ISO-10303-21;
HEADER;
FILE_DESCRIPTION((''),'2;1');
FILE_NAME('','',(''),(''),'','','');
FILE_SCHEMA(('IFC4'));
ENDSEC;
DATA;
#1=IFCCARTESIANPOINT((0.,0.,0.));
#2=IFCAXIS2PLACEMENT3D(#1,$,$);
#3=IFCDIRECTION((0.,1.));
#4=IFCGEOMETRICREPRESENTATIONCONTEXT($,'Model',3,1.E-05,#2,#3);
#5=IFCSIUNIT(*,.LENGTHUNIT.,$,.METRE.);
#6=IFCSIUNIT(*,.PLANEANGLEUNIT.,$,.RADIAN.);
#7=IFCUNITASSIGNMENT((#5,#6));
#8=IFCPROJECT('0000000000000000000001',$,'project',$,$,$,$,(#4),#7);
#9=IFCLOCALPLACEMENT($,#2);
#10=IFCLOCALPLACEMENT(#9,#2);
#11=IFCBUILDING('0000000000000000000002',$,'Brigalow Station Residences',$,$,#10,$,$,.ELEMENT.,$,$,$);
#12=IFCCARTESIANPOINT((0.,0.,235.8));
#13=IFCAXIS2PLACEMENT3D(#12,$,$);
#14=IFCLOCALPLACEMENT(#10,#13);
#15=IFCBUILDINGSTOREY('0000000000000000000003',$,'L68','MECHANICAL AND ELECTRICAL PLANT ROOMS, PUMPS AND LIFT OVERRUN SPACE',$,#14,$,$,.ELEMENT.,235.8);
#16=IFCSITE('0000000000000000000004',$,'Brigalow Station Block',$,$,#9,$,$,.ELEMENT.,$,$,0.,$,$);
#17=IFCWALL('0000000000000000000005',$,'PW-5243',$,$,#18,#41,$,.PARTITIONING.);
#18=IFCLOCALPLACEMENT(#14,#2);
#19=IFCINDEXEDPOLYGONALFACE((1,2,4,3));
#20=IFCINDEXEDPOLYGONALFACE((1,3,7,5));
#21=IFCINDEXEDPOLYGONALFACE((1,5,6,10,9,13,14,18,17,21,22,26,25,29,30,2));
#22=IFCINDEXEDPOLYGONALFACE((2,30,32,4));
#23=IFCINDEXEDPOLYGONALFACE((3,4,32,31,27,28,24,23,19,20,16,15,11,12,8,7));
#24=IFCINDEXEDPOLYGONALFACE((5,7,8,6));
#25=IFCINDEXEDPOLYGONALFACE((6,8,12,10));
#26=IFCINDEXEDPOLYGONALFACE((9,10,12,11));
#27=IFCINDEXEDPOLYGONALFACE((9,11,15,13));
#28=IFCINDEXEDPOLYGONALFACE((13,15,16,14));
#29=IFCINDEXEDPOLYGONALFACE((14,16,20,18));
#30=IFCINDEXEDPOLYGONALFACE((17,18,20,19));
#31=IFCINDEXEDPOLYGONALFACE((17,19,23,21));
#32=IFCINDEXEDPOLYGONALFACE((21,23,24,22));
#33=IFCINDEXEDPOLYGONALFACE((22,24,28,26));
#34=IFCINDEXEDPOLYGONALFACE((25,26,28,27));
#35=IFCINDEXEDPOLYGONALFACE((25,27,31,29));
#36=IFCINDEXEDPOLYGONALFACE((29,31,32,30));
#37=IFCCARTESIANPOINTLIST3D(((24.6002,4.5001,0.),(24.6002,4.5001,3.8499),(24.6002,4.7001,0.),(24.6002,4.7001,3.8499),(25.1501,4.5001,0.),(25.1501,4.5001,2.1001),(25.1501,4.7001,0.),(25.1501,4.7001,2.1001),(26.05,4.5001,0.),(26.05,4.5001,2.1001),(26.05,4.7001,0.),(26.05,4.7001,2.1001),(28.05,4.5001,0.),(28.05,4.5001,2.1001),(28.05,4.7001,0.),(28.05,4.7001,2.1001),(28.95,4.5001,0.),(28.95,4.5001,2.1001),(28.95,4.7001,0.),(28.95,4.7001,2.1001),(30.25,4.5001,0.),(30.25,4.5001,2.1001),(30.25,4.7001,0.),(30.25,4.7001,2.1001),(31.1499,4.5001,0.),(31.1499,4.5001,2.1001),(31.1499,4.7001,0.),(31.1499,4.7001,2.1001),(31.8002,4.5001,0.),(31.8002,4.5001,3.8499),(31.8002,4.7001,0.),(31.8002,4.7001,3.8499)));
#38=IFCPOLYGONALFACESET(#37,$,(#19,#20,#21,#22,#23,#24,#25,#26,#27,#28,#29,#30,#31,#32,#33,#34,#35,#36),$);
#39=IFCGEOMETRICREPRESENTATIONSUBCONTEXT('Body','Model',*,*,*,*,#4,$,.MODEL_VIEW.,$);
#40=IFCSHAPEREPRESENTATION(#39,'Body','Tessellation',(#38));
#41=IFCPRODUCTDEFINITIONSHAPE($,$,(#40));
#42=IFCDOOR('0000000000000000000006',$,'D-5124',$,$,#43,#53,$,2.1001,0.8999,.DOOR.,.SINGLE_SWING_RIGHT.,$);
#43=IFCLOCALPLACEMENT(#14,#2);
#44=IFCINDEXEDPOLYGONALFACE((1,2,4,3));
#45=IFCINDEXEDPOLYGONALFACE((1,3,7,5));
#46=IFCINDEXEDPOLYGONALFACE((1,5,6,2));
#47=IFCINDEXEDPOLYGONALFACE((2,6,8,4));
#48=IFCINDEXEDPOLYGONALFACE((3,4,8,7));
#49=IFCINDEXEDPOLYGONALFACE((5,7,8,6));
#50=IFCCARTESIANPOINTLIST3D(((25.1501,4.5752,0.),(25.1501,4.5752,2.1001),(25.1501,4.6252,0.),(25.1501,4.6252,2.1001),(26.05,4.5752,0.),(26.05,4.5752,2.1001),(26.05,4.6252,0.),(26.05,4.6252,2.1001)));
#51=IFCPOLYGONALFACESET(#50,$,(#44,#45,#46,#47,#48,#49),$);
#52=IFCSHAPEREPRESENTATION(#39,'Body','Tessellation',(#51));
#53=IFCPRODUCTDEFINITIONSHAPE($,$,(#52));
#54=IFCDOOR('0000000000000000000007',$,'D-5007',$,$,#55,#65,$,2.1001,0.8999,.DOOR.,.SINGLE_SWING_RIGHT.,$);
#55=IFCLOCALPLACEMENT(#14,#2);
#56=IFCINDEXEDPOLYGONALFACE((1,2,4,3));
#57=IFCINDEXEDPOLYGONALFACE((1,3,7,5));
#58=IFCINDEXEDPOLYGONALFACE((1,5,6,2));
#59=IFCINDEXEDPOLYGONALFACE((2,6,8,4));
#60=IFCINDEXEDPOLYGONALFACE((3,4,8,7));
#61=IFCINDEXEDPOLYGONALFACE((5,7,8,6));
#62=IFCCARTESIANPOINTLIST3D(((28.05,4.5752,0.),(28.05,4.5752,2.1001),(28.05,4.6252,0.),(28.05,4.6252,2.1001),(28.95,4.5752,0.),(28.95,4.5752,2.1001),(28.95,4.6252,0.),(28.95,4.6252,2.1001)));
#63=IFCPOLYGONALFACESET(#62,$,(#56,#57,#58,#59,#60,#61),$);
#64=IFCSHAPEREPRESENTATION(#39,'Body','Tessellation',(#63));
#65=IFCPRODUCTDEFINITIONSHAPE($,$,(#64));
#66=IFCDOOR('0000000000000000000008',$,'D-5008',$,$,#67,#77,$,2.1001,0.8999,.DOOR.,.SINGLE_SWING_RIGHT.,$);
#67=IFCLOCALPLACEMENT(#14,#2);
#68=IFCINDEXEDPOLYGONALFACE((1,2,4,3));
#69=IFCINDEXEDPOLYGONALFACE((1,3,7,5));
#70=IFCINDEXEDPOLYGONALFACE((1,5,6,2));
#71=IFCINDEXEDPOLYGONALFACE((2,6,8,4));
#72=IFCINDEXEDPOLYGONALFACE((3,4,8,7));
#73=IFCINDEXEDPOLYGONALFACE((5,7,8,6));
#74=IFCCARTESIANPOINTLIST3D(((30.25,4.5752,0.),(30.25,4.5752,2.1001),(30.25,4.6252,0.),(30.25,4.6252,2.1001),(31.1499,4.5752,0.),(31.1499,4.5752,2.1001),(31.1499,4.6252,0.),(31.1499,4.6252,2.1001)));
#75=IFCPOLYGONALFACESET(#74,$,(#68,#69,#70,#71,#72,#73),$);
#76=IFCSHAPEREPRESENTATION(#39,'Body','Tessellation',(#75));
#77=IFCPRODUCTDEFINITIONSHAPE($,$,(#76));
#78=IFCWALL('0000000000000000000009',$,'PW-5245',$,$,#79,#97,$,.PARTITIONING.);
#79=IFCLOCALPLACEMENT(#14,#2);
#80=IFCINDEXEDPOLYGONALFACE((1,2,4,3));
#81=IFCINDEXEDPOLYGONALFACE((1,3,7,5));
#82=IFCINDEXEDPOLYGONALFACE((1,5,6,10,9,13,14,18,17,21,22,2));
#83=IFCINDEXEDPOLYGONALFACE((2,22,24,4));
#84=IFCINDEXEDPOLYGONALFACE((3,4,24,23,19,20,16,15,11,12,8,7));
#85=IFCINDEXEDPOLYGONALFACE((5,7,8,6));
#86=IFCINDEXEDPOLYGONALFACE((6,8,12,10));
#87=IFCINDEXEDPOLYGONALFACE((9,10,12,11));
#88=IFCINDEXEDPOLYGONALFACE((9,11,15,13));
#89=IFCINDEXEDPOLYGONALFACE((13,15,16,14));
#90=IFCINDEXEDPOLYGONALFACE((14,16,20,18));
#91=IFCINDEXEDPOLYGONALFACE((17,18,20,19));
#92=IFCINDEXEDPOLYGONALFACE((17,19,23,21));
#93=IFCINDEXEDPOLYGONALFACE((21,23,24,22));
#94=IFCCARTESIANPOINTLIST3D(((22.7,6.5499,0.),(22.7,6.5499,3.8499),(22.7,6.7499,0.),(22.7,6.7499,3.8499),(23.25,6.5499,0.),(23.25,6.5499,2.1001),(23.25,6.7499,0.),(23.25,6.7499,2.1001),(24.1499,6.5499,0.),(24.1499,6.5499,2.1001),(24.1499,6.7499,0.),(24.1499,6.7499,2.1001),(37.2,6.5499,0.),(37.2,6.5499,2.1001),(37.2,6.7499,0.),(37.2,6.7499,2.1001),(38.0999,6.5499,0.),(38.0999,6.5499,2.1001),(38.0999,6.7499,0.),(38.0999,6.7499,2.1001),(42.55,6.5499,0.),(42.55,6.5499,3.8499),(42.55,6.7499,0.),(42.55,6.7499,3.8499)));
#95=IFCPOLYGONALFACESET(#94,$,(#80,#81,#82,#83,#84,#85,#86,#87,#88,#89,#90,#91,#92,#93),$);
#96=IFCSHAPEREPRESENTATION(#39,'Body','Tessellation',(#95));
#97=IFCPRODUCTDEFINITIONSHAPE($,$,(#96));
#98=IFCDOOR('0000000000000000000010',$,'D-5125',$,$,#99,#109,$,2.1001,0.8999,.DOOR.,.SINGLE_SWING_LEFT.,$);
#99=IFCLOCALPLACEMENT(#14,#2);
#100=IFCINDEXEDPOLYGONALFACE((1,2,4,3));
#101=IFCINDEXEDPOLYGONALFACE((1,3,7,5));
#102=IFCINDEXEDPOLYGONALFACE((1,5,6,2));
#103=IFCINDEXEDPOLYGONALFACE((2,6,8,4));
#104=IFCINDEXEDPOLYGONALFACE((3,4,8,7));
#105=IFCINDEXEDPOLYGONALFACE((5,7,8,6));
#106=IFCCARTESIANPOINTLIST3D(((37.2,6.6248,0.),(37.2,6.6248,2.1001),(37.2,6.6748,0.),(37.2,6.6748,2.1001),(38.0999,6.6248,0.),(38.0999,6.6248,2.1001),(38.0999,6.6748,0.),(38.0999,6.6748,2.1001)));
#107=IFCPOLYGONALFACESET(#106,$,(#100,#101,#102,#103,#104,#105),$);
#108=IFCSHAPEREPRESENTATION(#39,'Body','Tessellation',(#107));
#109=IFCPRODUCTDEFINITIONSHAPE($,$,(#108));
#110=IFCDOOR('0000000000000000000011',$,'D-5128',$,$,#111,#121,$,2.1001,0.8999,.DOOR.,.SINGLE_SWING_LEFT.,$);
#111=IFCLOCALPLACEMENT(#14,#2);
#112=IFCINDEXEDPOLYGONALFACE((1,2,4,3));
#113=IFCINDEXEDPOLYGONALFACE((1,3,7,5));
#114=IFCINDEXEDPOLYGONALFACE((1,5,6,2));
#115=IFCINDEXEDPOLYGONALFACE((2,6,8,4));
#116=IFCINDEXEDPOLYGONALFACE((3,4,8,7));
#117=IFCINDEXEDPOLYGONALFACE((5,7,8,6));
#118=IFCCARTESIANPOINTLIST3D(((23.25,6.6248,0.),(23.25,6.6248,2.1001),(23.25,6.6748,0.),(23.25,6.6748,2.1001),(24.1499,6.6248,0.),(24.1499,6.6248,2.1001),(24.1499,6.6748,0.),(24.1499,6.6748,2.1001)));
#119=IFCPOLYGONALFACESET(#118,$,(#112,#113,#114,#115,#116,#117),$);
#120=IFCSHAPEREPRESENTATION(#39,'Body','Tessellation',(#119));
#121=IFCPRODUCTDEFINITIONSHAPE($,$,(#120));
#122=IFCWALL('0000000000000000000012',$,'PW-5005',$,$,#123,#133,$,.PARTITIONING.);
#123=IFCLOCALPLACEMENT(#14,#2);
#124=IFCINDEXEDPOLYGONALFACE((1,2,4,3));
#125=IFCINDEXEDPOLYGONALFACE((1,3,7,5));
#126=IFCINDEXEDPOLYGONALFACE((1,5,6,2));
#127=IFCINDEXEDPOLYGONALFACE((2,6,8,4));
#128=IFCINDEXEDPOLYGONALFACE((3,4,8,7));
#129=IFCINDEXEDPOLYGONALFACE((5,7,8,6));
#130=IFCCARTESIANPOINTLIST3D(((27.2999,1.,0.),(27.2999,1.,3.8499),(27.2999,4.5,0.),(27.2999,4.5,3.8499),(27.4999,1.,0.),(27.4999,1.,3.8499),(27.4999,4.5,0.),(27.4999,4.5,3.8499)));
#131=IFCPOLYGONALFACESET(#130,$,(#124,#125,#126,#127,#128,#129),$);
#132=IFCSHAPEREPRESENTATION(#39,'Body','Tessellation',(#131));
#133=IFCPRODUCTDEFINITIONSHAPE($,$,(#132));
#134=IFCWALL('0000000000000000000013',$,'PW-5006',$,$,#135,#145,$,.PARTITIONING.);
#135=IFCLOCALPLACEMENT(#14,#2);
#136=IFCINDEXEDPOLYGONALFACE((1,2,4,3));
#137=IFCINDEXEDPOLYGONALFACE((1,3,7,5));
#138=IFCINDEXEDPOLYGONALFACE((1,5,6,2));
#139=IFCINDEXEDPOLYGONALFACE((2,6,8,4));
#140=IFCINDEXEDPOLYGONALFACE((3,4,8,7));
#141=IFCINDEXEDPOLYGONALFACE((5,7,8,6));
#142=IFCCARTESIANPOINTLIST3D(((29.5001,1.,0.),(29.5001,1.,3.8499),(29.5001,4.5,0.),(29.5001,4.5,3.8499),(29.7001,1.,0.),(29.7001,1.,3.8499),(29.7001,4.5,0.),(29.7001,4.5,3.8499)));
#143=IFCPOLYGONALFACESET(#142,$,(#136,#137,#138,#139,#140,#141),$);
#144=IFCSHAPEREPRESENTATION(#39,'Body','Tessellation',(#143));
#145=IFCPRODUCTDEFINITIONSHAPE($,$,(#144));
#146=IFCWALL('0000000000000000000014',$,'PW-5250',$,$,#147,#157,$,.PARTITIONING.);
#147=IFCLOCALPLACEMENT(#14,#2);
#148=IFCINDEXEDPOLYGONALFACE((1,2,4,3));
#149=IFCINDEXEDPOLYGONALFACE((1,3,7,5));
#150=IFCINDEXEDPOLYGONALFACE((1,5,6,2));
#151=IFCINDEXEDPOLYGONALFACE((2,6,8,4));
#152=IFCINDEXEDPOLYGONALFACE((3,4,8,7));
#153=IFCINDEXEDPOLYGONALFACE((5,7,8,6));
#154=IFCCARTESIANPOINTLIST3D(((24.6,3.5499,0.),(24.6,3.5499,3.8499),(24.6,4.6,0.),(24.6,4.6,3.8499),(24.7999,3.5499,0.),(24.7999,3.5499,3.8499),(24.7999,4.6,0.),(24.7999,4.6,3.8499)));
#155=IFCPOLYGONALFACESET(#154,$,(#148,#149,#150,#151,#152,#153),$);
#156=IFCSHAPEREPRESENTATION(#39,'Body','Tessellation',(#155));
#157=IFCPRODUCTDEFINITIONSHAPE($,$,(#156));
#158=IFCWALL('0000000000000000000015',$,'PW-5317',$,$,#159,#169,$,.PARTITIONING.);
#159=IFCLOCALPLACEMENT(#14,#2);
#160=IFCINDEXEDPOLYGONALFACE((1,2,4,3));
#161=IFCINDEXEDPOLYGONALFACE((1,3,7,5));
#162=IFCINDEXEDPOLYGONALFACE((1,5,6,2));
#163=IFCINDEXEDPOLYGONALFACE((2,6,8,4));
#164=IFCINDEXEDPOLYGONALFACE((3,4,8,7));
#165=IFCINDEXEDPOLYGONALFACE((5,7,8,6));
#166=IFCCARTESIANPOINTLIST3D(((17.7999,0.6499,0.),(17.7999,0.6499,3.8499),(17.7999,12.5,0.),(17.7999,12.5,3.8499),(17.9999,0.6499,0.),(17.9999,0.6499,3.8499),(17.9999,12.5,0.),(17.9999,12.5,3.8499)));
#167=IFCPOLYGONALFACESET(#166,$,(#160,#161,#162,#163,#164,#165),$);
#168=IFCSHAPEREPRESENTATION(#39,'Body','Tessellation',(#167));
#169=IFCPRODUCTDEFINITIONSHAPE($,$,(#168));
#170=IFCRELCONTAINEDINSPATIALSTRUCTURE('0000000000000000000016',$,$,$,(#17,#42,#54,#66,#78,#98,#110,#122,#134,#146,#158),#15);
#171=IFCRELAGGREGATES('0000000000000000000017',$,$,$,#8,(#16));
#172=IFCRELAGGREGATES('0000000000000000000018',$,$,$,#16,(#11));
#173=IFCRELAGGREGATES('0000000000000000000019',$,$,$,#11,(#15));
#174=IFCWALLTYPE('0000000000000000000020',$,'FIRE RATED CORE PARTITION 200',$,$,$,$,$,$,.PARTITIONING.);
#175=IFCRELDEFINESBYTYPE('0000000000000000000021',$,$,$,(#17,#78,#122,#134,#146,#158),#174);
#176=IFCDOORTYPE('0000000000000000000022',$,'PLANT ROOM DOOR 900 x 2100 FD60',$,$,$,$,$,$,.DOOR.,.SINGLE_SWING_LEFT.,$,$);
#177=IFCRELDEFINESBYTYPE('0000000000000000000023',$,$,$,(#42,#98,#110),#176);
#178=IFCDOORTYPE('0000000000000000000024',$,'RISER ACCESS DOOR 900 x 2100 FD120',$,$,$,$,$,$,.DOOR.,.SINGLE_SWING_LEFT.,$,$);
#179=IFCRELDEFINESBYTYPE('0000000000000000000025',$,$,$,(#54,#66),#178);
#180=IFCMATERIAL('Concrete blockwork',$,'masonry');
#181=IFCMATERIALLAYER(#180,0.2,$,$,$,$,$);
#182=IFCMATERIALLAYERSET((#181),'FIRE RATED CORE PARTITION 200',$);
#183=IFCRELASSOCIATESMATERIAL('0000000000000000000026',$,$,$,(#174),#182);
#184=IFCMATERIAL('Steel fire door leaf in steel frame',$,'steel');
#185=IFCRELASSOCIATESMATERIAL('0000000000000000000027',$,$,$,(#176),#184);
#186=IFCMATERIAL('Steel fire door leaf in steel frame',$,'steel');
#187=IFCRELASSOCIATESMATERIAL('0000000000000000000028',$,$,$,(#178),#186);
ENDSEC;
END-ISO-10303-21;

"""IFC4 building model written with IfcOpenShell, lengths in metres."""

from ifc_helpers import new_model, si_unit, direction, frame, frame_2d, origin, place, context, subcontext, project, spatial, rectangle, extrude, material, layer, layer_set, type_object, element, fill, save


model = new_model("IFC4")

# Units and contexts
model_context = context("Model", 3, precision=1e-05, world=origin(), true_north=direction((0.0, 1.0)))
body_context = subcontext(model_context, "Body", "Model", "MODEL_VIEW")
ifc_project = project(units=[si_unit("LENGTHUNIT", "METRE"), si_unit("PLANEANGLEUNIT", "RADIAN")], contexts=[model_context])

# Site, building, storey
site_placement = place(None, origin())
site = spatial("IfcSite", under=ifc_project, at=site_placement, Name="Brigalow Station Block", CompositionType="ELEMENT", RefElevation=0.0)
building_placement = place(site_placement, origin())
building = spatial("IfcBuilding", under=site, at=building_placement, Name="Brigalow Station Residences", CompositionType="ELEMENT")
storey_placement = place(building_placement, frame((0.0, 0.0, 235.8)))
storey = spatial("IfcBuildingStorey", under=building, at=storey_placement, Name="L68", Description="MECHANICAL AND ELECTRICAL PLANT ROOMS, PUMPS AND LIFT OVERRUN SPACE", CompositionType="ELEMENT", Elevation=235.8)

# Walls, openings, doors
ifc_material_1 = material(Name="Concrete blockwork", Category="masonry")
ifc_layer_1 = layer(ifc_material_1, 0.2)
ifc_layer_set_1 = layer_set([ifc_layer_1], Name="FIRE RATED CORE PARTITION 200")
wall_type_1 = type_object("IfcWallType", Name="FIRE RATED CORE PARTITION 200", PredefinedType="PARTITIONING", material=ifc_layer_set_1)
wall_1_placement = place(storey_placement, frame((24.6001, 4.6001, 0.0), z_axis=(0.0, 0.0, 1.0), x_axis=(1.0, 0.0, 0.0)))
wall_1 = element("IfcWall", 1, at=wall_1_placement, inside=storey, type_object=wall_type_1, Name="PW-5243", PredefinedType="PARTITIONING", context=body_context, shape_type="SweptSolid", body=[
    extrude(rectangle(XDim=7.2, YDim=0.2, at=frame_2d((3.6001, 0.0))), origin(), (0.0, 0.0, 1.0), 3.8499),
])
opening_1_placement = place(wall_1_placement, frame((0.55, 0.0, 0.0)))
opening_1 = element("IfcOpeningElement", 2, at=opening_1_placement, cuts=wall_1, PredefinedType="OPENING", context=body_context, shape_type="SweptSolid", body=[
    extrude(rectangle(XDim=0.8999, YDim=2.1001, at=frame_2d((0.45, 1.05))), frame((0.0, 0.1099, 0.0), z_axis=(0.0, -1.0, 0.0), x_axis=(1.0, 0.0, 0.0)), (0.0, 0.0, 1.0), 0.22),
])
opening_2_placement = place(wall_1_placement, frame((3.45, 0.0, 0.0)))
opening_2 = element("IfcOpeningElement", 3, at=opening_2_placement, cuts=wall_1, PredefinedType="OPENING", context=body_context, shape_type="SweptSolid", body=[
    extrude(rectangle(XDim=0.8999, YDim=2.1001, at=frame_2d((0.45, 1.05))), frame((0.0, 0.1099, 0.0), z_axis=(0.0, -1.0, 0.0), x_axis=(1.0, 0.0, 0.0)), (0.0, 0.0, 1.0), 0.22),
])
opening_3_placement = place(wall_1_placement, frame((5.6499, 0.0, 0.0)))
opening_3 = element("IfcOpeningElement", 4, at=opening_3_placement, cuts=wall_1, PredefinedType="OPENING", context=body_context, shape_type="SweptSolid", body=[
    extrude(rectangle(XDim=0.8999, YDim=2.1001, at=frame_2d((0.45, 1.05))), frame((0.0, 0.1099, 0.0), z_axis=(0.0, -1.0, 0.0), x_axis=(1.0, 0.0, 0.0)), (0.0, 0.0, 1.0), 0.22),
])
ifc_material_2 = material(Name="Steel fire door leaf in steel frame", Category="steel")
door_type_1 = type_object("IfcDoorType", Name="PLANT ROOM DOOR 900 x 2100 FD60", OperationType="SINGLE_SWING_LEFT", PredefinedType="DOOR", material=ifc_material_2)
door_1_placement = place(opening_1_placement, frame((0.8999, 0.0, 0.0), z_axis=(0.0, 0.0, 1.0), x_axis=(-1.0, 0.0, 0.0)))
door_1 = element("IfcDoor", 5, at=door_1_placement, inside=storey, type_object=door_type_1, Name="D-5124", OperationType="SINGLE_SWING_RIGHT", OverallHeight=2.1001, OverallWidth=0.8999, PredefinedType="DOOR", context=body_context, shape_type="SweptSolid", body=[
    extrude(rectangle(XDim=0.8999, YDim=2.1001, at=frame_2d((0.45, 1.05))), frame((0.0, 0.0249, 0.0), z_axis=(0.0, -1.0, 0.0), x_axis=(1.0, 0.0, 0.0)), (0.0, 0.0, 1.0), 0.05),
])
fill(opening_1, door_1)
ifc_material_3 = material(Name="Steel fire door leaf in steel frame", Category="steel")
door_type_2 = type_object("IfcDoorType", Name="RISER ACCESS DOOR 900 x 2100 FD120", OperationType="SINGLE_SWING_LEFT", PredefinedType="DOOR", material=ifc_material_3)
door_2_placement = place(opening_2_placement, frame((0.8999, 0.0, 0.0), z_axis=(0.0, 0.0, 1.0), x_axis=(-1.0, 0.0, 0.0)))
door_2 = element("IfcDoor", 6, at=door_2_placement, inside=storey, type_object=door_type_2, Name="D-5007", OperationType="SINGLE_SWING_RIGHT", OverallHeight=2.1001, OverallWidth=0.8999, PredefinedType="DOOR", context=body_context, shape_type="SweptSolid", body=[
    extrude(rectangle(XDim=0.8999, YDim=2.1001, at=frame_2d((0.45, 1.05))), frame((0.0, 0.0249, 0.0), z_axis=(0.0, -1.0, 0.0), x_axis=(1.0, 0.0, 0.0)), (0.0, 0.0, 1.0), 0.05),
])
fill(opening_2, door_2)
door_3_placement = place(opening_3_placement, frame((0.8999, 0.0, 0.0), z_axis=(0.0, 0.0, 1.0), x_axis=(-1.0, 0.0, 0.0)))
door_3 = element("IfcDoor", 7, at=door_3_placement, inside=storey, type_object=door_type_2, Name="D-5008", OperationType="SINGLE_SWING_RIGHT", OverallHeight=2.1001, OverallWidth=0.8999, PredefinedType="DOOR", context=body_context, shape_type="SweptSolid", body=[
    extrude(rectangle(XDim=0.8999, YDim=2.1001, at=frame_2d((0.45, 1.05))), frame((0.0, 0.0249, 0.0), z_axis=(0.0, -1.0, 0.0), x_axis=(1.0, 0.0, 0.0)), (0.0, 0.0, 1.0), 0.05),
])
fill(opening_3, door_3)
wall_2_placement = place(storey_placement, frame((22.7, 6.6499, 0.0), z_axis=(0.0, 0.0, 1.0), x_axis=(1.0, 0.0, 0.0)))
wall_2 = element("IfcWall", 8, at=wall_2_placement, inside=storey, type_object=wall_type_1, Name="PW-5245", PredefinedType="PARTITIONING", context=body_context, shape_type="SweptSolid", body=[
    extrude(rectangle(XDim=19.8501, YDim=0.2, at=frame_2d((9.925, 0.0))), origin(), (0.0, 0.0, 1.0), 3.8499),
])
opening_4_placement = place(wall_2_placement, frame((14.5, 0.0, 0.0)))
opening_4 = element("IfcOpeningElement", 9, at=opening_4_placement, cuts=wall_2, PredefinedType="OPENING", context=body_context, shape_type="SweptSolid", body=[
    extrude(rectangle(XDim=0.8999, YDim=2.1001, at=frame_2d((0.45, 1.05))), frame((0.0, 0.1099, 0.0), z_axis=(0.0, -1.0, 0.0), x_axis=(1.0, 0.0, 0.0)), (0.0, 0.0, 1.0), 0.22),
])
opening_5_placement = place(wall_2_placement, frame((0.55, 0.0, 0.0)))
opening_5 = element("IfcOpeningElement", 10, at=opening_5_placement, cuts=wall_2, PredefinedType="OPENING", context=body_context, shape_type="SweptSolid", body=[
    extrude(rectangle(XDim=0.8999, YDim=2.1001, at=frame_2d((0.45, 1.05))), frame((0.0, 0.1099, 0.0), z_axis=(0.0, -1.0, 0.0), x_axis=(1.0, 0.0, 0.0)), (0.0, 0.0, 1.0), 0.22),
])
door_4_placement = place(opening_4_placement, origin())
door_4 = element("IfcDoor", 11, at=door_4_placement, inside=storey, type_object=door_type_1, Name="D-5125", OperationType="SINGLE_SWING_LEFT", OverallHeight=2.1001, OverallWidth=0.8999, PredefinedType="DOOR", context=body_context, shape_type="SweptSolid", body=[
    extrude(rectangle(XDim=0.8999, YDim=2.1001, at=frame_2d((0.45, 1.05))), frame((0.0, 0.0249, 0.0), z_axis=(0.0, -1.0, 0.0), x_axis=(1.0, 0.0, 0.0)), (0.0, 0.0, 1.0), 0.05),
])
fill(opening_4, door_4)
door_5_placement = place(opening_5_placement, origin())
door_5 = element("IfcDoor", 12, at=door_5_placement, inside=storey, type_object=door_type_1, Name="D-5128", OperationType="SINGLE_SWING_LEFT", OverallHeight=2.1001, OverallWidth=0.8999, PredefinedType="DOOR", context=body_context, shape_type="SweptSolid", body=[
    extrude(rectangle(XDim=0.8999, YDim=2.1001, at=frame_2d((0.45, 1.05))), frame((0.0, 0.0249, 0.0), z_axis=(0.0, -1.0, 0.0), x_axis=(1.0, 0.0, 0.0)), (0.0, 0.0, 1.0), 0.05),
])
fill(opening_5, door_5)

# Walls
for number, where, z_axis, x_axis, name in (
    (13, (27.3999, 1.0, 0.0), (0.0, 0.0, 1.0), (0.0, 1.0, 0.0), "PW-5005"),
    (14, (29.6001, 1.0, 0.0), (0.0, 0.0, 1.0), (0.0, 1.0, 0.0), "PW-5006"),
):
    element("IfcWall", number, at=place(storey_placement, frame(where, z_axis=z_axis, x_axis=x_axis)), inside=storey, type_object=wall_type_1, Name=name, PredefinedType="PARTITIONING", context=body_context, shape_type="SweptSolid", body=[
        extrude(rectangle(XDim=3.5, YDim=0.2, at=frame_2d((1.75, 0.0))), origin(), (0.0, 0.0, 1.0), 3.8499),
    ])
wall_3_placement = place(storey_placement, frame((24.7, 3.55, 0.0), z_axis=(0.0, 0.0, 1.0), x_axis=(0.0, 1.0, 0.0)))
element("IfcWall", 15, at=wall_3_placement, inside=storey, type_object=wall_type_1, Name="PW-5250", PredefinedType="PARTITIONING", context=body_context, shape_type="SweptSolid", body=[
    extrude(rectangle(XDim=1.05, YDim=0.2, at=frame_2d((0.5249, 0.0))), origin(), (0.0, 0.0, 1.0), 3.8499),
])
wall_4_placement = place(storey_placement, frame((17.8999, 0.6499, 0.0), z_axis=(0.0, 0.0, 1.0), x_axis=(0.0, 1.0, 0.0)))
element("IfcWall", 16, at=wall_4_placement, inside=storey, type_object=wall_type_1, Name="PW-5317", PredefinedType="PARTITIONING", context=body_context, shape_type="SweptSolid", body=[
    extrude(rectangle(XDim=11.8501, YDim=0.2, at=frame_2d((5.925, 0.0))), origin(), (0.0, 0.0, 1.0), 3.8499),
])

save(model, "model.ifc")
